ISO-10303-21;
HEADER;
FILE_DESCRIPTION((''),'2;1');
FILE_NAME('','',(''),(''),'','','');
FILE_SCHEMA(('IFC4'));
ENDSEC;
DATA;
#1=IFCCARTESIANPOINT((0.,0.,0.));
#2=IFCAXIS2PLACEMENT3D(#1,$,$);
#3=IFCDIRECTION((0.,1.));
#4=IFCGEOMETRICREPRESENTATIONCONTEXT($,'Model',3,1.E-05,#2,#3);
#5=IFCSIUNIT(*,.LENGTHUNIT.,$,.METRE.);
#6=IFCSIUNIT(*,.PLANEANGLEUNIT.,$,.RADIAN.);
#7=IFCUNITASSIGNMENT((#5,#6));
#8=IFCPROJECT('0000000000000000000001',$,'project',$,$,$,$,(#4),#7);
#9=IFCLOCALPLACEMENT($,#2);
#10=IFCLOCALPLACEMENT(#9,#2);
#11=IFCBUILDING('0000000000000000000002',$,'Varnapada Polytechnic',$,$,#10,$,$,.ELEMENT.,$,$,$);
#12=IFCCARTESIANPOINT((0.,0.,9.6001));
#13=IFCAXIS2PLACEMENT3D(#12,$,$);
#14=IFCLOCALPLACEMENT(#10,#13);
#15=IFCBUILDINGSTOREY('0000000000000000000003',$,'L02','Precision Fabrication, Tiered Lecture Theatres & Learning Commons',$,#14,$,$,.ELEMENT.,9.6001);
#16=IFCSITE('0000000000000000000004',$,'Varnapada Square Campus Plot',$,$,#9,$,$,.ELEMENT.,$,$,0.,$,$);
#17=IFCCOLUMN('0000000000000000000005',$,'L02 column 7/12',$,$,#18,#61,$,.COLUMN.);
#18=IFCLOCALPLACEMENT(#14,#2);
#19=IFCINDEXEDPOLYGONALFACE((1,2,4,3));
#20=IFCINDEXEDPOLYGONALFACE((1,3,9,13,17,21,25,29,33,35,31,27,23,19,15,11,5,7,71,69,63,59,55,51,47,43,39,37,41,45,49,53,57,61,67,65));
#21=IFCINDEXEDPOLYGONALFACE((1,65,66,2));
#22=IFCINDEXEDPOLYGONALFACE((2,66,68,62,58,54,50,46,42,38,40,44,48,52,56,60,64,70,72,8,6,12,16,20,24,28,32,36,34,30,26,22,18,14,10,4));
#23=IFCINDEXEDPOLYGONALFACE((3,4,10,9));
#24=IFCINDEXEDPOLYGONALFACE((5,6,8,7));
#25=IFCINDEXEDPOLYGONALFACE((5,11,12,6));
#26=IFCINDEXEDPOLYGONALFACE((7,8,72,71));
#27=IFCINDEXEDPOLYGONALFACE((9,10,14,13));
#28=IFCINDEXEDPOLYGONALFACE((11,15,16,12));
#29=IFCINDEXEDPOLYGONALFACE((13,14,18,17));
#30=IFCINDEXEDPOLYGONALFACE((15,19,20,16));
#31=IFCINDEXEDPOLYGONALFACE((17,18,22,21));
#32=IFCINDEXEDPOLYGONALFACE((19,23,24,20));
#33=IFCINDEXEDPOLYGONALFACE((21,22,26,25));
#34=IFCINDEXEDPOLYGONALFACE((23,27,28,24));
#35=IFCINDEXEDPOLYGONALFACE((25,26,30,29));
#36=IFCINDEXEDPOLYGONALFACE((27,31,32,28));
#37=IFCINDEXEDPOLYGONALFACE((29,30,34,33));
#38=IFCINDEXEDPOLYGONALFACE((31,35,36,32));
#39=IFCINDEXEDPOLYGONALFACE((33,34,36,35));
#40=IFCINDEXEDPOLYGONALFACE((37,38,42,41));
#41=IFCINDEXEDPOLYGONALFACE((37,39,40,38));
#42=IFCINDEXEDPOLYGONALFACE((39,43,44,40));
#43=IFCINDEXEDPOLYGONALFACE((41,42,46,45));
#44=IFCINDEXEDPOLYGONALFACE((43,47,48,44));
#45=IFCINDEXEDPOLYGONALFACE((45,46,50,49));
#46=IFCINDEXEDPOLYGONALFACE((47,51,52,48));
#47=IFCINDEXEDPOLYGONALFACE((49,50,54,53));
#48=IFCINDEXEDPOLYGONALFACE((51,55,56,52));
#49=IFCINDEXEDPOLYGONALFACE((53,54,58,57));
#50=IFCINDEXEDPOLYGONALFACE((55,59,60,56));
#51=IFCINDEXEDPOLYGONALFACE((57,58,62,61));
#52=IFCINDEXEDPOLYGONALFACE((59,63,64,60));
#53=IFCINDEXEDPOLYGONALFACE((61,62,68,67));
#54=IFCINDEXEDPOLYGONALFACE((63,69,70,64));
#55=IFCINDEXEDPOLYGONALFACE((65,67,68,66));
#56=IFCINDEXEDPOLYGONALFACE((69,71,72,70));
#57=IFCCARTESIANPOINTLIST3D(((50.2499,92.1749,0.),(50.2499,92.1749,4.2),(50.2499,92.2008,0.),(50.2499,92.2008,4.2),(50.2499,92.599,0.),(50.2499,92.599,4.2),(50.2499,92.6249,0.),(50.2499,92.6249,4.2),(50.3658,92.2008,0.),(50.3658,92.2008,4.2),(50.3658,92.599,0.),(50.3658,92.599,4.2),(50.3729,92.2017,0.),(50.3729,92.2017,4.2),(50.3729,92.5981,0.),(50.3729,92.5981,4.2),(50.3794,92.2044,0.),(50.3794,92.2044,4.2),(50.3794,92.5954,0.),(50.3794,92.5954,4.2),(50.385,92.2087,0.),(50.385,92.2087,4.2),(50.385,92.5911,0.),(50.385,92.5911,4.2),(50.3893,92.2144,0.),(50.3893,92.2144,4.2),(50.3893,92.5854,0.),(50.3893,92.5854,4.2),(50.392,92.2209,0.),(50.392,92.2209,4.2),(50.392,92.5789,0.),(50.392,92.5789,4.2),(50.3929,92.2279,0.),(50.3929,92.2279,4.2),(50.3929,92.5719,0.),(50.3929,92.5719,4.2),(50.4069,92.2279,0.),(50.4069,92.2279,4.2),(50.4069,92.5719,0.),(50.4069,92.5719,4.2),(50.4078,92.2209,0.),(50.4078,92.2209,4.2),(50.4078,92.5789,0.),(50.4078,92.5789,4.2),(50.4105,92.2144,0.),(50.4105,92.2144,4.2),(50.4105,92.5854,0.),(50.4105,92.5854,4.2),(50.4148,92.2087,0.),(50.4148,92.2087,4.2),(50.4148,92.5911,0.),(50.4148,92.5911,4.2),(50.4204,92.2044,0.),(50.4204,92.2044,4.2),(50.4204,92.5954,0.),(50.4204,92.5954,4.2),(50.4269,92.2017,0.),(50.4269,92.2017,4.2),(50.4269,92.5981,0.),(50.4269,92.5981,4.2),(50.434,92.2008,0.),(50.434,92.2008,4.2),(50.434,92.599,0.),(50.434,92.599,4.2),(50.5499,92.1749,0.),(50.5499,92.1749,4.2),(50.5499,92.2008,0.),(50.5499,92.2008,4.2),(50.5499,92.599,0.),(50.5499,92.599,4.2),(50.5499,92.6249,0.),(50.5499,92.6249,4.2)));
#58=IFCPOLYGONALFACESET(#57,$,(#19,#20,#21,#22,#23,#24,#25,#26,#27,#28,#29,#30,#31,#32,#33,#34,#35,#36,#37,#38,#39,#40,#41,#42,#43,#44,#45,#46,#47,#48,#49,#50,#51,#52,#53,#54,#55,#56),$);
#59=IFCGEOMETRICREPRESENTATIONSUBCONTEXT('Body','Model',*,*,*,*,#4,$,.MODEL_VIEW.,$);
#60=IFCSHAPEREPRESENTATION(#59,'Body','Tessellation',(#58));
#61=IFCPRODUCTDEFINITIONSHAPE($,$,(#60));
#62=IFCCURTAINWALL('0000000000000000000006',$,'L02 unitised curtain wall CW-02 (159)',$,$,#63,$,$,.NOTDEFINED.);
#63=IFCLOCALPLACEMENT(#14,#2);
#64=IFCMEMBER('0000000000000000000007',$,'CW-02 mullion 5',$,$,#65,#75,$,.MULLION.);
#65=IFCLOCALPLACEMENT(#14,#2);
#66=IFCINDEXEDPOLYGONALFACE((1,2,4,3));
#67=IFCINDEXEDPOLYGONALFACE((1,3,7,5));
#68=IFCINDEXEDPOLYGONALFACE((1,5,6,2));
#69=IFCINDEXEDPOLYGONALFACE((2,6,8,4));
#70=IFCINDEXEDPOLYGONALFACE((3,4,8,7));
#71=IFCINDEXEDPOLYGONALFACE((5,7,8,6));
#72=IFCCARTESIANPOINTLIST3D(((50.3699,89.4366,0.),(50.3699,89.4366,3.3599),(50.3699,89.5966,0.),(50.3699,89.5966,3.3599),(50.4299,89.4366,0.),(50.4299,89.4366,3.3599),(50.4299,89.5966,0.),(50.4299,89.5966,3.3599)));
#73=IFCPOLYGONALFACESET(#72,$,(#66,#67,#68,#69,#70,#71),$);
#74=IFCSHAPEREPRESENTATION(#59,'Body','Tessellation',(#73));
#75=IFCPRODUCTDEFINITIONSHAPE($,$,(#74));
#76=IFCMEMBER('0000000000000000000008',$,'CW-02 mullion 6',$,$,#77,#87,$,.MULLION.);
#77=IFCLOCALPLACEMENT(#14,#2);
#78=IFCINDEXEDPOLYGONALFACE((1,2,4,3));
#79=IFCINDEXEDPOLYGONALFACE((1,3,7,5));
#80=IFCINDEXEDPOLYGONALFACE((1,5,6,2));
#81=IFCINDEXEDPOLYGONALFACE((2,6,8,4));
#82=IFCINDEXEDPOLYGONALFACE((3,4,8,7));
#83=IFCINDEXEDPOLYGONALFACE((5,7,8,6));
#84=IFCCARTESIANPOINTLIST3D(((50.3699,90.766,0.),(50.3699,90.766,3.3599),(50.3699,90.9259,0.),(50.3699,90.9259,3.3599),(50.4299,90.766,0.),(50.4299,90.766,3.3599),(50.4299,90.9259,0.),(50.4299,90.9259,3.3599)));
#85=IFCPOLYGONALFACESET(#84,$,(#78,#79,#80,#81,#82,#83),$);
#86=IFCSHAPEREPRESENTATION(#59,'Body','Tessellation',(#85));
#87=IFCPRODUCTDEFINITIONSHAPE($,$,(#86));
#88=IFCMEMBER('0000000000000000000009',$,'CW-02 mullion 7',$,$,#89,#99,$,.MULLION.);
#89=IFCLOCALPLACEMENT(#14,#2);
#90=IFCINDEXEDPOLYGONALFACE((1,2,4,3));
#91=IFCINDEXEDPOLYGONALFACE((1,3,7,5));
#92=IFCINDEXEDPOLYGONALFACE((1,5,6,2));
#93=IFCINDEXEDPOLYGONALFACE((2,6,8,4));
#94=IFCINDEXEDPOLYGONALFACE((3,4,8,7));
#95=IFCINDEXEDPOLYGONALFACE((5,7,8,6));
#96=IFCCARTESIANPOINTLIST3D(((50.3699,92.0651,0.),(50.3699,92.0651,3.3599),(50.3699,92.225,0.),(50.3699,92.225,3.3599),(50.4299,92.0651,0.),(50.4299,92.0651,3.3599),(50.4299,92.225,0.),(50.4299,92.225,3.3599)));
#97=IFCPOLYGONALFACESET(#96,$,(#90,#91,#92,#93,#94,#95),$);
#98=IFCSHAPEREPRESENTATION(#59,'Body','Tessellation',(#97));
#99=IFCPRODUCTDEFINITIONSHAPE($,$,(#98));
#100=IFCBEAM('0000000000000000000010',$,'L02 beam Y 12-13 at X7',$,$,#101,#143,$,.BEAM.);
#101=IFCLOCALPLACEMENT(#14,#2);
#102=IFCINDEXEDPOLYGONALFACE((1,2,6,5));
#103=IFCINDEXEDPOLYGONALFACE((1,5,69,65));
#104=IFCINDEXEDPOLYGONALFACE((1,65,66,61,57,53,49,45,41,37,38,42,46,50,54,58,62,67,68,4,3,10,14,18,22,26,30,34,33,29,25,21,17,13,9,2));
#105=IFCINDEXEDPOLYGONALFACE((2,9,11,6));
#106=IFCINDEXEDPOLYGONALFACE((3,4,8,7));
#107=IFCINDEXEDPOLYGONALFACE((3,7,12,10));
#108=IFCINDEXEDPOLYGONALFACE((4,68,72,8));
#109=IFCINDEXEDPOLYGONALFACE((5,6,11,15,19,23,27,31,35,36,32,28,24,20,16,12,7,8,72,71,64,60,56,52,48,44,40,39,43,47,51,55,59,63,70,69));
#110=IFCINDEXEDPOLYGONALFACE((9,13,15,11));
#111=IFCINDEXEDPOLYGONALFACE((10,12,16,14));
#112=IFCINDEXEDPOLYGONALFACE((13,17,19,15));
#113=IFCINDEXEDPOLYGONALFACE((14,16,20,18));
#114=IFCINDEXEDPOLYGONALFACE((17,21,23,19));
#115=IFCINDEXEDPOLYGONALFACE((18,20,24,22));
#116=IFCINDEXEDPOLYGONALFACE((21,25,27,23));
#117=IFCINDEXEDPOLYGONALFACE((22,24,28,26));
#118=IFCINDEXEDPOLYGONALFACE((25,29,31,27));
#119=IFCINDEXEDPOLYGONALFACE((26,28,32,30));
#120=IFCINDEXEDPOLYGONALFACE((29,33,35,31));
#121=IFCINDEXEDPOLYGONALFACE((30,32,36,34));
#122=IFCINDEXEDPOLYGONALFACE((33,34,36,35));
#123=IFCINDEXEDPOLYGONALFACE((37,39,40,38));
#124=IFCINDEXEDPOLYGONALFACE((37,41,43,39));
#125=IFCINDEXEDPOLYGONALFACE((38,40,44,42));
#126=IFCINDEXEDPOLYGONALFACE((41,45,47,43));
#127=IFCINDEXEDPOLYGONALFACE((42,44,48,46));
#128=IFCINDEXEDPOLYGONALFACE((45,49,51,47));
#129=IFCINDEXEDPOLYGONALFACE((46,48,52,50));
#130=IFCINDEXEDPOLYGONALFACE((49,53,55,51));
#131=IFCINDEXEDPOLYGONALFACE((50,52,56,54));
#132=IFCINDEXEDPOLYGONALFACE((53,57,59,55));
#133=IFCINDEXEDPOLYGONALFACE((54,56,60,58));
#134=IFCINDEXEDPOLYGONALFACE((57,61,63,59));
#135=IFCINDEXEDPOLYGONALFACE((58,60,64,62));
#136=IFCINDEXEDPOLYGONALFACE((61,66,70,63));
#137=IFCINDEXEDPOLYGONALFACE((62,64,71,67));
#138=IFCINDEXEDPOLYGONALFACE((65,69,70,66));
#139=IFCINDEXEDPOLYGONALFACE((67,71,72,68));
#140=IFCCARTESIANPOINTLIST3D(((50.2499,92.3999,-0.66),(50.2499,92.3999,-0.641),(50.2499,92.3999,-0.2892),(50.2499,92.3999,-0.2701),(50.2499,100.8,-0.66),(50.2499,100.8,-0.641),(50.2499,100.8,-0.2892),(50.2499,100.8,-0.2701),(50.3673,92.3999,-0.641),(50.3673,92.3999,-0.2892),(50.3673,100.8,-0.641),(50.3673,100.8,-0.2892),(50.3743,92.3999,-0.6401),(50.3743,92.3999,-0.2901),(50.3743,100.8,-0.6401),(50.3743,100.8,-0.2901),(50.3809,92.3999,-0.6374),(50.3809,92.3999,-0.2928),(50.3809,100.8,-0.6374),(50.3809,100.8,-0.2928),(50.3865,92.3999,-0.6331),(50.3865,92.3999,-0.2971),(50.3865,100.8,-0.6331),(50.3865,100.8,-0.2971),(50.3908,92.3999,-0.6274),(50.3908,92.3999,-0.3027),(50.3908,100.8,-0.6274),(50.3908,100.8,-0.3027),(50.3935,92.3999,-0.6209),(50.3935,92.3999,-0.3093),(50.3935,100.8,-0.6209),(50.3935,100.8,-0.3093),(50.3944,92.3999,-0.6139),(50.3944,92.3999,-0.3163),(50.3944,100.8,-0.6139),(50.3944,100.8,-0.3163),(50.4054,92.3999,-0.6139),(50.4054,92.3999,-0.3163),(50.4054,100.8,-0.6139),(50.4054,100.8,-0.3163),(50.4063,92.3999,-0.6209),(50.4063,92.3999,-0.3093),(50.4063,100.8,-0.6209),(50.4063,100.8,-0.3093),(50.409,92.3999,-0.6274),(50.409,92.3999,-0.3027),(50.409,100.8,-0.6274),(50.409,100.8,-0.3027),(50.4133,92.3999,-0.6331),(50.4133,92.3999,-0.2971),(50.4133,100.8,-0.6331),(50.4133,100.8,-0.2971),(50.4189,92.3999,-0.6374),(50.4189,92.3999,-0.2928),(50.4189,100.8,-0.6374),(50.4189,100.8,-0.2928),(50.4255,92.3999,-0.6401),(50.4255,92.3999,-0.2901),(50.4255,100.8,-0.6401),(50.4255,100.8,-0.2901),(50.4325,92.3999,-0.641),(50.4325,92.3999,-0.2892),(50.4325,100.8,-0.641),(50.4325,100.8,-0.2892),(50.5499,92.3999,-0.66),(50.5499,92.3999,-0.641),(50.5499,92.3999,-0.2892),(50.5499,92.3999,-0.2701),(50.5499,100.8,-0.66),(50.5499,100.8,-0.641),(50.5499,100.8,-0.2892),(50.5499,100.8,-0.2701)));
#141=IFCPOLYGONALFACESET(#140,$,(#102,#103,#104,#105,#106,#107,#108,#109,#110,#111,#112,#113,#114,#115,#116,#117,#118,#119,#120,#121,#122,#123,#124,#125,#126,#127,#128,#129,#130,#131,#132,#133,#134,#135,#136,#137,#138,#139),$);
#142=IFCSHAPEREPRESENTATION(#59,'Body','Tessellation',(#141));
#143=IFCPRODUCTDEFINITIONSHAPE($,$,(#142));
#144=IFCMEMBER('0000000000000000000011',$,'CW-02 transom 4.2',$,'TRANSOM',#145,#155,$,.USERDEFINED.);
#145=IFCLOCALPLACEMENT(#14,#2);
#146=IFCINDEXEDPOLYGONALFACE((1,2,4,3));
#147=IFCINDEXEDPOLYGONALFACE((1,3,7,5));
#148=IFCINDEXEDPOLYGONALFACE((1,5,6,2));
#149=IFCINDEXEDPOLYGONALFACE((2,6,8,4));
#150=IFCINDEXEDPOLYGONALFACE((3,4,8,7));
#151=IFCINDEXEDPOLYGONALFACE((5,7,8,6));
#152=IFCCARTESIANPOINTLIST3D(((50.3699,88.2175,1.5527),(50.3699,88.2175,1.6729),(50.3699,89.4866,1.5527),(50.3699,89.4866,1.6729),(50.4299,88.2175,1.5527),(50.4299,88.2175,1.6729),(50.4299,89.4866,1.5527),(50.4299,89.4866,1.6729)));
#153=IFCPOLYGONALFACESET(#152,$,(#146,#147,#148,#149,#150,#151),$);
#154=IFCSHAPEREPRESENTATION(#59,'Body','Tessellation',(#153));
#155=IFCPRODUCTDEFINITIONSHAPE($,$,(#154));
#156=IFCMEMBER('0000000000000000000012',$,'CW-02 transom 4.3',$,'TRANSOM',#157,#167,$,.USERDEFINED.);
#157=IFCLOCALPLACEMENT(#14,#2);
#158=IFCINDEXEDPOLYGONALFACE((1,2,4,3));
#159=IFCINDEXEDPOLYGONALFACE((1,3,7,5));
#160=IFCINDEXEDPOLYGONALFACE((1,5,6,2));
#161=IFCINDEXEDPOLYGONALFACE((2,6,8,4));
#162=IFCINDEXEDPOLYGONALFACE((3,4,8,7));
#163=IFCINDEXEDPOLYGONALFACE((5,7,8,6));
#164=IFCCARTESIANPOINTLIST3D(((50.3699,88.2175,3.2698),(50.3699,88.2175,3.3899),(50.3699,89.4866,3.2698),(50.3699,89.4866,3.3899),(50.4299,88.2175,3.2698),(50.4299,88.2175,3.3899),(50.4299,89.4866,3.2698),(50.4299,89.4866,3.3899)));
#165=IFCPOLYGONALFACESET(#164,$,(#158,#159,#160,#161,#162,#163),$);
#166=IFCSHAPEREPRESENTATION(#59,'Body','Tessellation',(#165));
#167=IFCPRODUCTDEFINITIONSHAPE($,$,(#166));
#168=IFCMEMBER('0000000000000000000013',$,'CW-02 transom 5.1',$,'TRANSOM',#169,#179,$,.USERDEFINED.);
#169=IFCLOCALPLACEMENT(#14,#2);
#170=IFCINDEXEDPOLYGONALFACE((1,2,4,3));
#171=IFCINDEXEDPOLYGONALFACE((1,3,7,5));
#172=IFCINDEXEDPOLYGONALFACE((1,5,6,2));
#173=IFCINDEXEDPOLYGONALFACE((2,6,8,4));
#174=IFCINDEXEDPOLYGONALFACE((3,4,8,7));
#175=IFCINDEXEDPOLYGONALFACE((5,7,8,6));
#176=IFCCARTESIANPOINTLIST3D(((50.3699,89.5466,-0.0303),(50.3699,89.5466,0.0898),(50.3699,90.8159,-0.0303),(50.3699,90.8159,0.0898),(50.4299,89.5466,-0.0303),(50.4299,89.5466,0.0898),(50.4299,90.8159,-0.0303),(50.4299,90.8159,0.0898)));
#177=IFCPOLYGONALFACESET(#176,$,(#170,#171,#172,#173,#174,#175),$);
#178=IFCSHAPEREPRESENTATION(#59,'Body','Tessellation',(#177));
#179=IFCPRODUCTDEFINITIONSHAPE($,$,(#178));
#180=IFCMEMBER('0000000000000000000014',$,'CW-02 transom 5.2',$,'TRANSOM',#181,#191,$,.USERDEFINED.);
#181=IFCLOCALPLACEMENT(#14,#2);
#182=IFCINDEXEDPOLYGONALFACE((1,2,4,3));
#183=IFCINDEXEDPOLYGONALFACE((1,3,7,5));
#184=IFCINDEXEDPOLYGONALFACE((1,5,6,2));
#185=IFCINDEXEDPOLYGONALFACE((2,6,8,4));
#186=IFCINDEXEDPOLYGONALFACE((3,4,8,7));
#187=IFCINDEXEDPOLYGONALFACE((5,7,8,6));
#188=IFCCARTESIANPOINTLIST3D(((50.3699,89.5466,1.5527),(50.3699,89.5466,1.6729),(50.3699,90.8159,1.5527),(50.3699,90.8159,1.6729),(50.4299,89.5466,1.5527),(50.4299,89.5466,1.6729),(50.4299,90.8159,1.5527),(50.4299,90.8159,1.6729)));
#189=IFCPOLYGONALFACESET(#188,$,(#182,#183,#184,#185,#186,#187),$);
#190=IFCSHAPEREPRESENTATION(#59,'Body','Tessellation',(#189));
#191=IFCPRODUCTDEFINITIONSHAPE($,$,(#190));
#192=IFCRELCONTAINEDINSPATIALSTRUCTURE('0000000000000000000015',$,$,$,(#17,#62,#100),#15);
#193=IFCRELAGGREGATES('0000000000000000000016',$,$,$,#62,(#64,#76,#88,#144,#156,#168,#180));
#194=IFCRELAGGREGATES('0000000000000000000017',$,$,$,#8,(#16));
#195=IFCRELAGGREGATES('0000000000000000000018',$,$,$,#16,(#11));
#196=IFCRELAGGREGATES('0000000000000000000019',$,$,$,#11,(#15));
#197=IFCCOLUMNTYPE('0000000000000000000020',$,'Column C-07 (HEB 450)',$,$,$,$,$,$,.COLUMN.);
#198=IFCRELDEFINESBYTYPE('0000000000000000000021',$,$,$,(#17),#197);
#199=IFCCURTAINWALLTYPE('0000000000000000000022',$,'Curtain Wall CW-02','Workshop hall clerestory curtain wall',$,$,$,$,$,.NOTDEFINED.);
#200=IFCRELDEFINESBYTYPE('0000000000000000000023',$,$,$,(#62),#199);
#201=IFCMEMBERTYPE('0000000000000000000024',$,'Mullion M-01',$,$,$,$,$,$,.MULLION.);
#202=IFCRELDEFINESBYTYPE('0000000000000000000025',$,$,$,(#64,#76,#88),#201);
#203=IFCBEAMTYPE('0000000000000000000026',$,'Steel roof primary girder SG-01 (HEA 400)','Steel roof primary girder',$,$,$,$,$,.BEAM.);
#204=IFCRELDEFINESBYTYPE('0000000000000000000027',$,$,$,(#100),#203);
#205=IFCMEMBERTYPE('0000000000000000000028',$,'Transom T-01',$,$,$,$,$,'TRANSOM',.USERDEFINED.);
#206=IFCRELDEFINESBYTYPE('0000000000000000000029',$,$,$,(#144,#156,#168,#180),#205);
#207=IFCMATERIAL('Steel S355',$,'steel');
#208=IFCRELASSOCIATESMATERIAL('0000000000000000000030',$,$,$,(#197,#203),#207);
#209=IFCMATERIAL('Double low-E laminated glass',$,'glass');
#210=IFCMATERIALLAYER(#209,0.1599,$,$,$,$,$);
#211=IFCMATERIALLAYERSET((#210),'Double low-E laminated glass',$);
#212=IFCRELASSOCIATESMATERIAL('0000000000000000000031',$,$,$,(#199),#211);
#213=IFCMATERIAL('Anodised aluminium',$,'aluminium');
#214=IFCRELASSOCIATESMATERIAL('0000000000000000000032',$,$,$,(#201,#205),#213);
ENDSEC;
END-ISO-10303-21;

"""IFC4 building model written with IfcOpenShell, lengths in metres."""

from ifc_helpers import new_model, si_unit, direction, frame, origin, origin_2d, place, context, subcontext, project, spatial, rectangle, i_section, extrude, material, layer, layer_set, material_profile, profile_set, type_object, element, aggregate, save


model = new_model("IFC4")

# Units and contexts
model_context = context("Model", 3, precision=1e-05, world=origin(), true_north=direction((0.0, 1.0)))
body_context = subcontext(model_context, "Body", "Model", "MODEL_VIEW")
ifc_project = project(units=[si_unit("LENGTHUNIT", "METRE"), si_unit("PLANEANGLEUNIT", "RADIAN")], contexts=[model_context])

# Site, building, storey
site_placement = place(None, origin())
site = spatial("IfcSite", under=ifc_project, at=site_placement, Name="Varnapada Square Campus Plot", CompositionType="ELEMENT", RefElevation=0.0)
building_placement = place(site_placement, origin())
building = spatial("IfcBuilding", under=site, at=building_placement, Name="Varnapada Polytechnic", CompositionType="ELEMENT")
storey_placement = place(building_placement, frame((0.0, 0.0, 9.6001)))
storey = spatial("IfcBuildingStorey", under=building, at=storey_placement, Name="L02", Description="Precision Fabrication, Tiered Lecture Theatres & Learning Commons", CompositionType="ELEMENT", Elevation=9.6001)

# Column
ifc_material_1 = material(Name="Steel S355", Category="steel")
ifc_material_profile_1 = material_profile(ifc_material_1, i_section(OverallWidth=0.3, OverallDepth=0.45, WebThickness=0.0139, FlangeThickness=0.0259, FilletRadius=0.0271, at=origin_2d()), Name="HEB 450")
ifc_profile_set_1 = profile_set([ifc_material_profile_1], Name="Steel S355")
column_type = type_object("IfcColumnType", Name="Column C-07 (HEB 450)", PredefinedType="COLUMN", material=ifc_profile_set_1)
column_placement = place(storey_placement, frame((50.3999, 92.3999, 0.0), z_axis=(0.0, 0.0, 1.0), x_axis=(1.0, 0.0, 0.0)))
element("IfcColumn", 1, at=column_placement, inside=storey, type_object=column_type, Name="L02 column 7/12", PredefinedType="COLUMN", context=body_context, shape_type="SweptSolid", body=[
    extrude(i_section(OverallWidth=0.3, OverallDepth=0.45, WebThickness=0.0139, FlangeThickness=0.0259, FilletRadius=0.0271, at=origin_2d()), origin(), (0.0, 0.0, 1.0), 4.2),
])

# Curtain wall, members
ifc_material_2 = material(Name="Double low-E laminated glass", Category="glass")
ifc_layer_1 = layer(ifc_material_2, 0.1599)
ifc_layer_set_1 = layer_set([ifc_layer_1], Name="Double low-E laminated glass")
curtain_wall_type = type_object("IfcCurtainWallType", Name="Curtain Wall CW-02", Description="Workshop hall clerestory curtain wall", PredefinedType="NOTDEFINED", material=ifc_layer_set_1)
curtain_wall_placement = place(storey_placement, origin())
curtain_wall = element("IfcCurtainWall", 2, at=curtain_wall_placement, inside=storey, type_object=curtain_wall_type, Name="L02 unitised curtain wall CW-02 (159)", PredefinedType="NOTDEFINED")
ifc_material_3 = material(Name="Anodised aluminium", Category="aluminium")
ifc_material_profile_2 = material_profile(ifc_material_3, rectangle(XDim=0.0601, YDim=0.1599, at=origin_2d()), Name="ALU M60x160")
ifc_profile_set_2 = profile_set([ifc_material_profile_2], Name="Anodised aluminium")
member_type_1 = type_object("IfcMemberType", Name="Mullion M-01", PredefinedType="MULLION", material=ifc_profile_set_2)
member_1_placement = place(storey_placement, frame((50.3999, 89.5166, 0.0), z_axis=(0.0, 0.0, 1.0), x_axis=(-1.0, 0.0, 0.0)))
member_1 = element("IfcMember", 3, at=member_1_placement, type_object=member_type_1, Name="CW-02 mullion 5", PredefinedType="MULLION", context=body_context, shape_type="SweptSolid", body=[
    extrude(rectangle(XDim=0.0601, YDim=0.1599, at=origin_2d()), origin(), (0.0, 0.0, 1.0), 3.3599),
])
member_2_placement = place(storey_placement, frame((50.3999, 90.8459, 0.0), z_axis=(0.0, 0.0, 1.0), x_axis=(-1.0, 0.0, 0.0)))
member_2 = element("IfcMember", 4, at=member_2_placement, type_object=member_type_1, Name="CW-02 mullion 6", PredefinedType="MULLION", context=body_context, shape_type="SweptSolid", body=[
    extrude(rectangle(XDim=0.0601, YDim=0.1599, at=origin_2d()), origin(), (0.0, 0.0, 1.0), 3.3599),
])
member_3_placement = place(storey_placement, frame((50.3999, 92.145, 0.0), z_axis=(0.0, 0.0, 1.0), x_axis=(-1.0, 0.0, 0.0)))
member_3 = element("IfcMember", 5, at=member_3_placement, type_object=member_type_1, Name="CW-02 mullion 7", PredefinedType="MULLION", context=body_context, shape_type="SweptSolid", body=[
    extrude(rectangle(XDim=0.0601, YDim=0.1599, at=origin_2d()), origin(), (0.0, 0.0, 1.0), 3.3599),
])

# Beam
ifc_material_profile_3 = material_profile(ifc_material_1, i_section(OverallWidth=0.3, OverallDepth=0.3899, WebThickness=0.011, FlangeThickness=0.019, FilletRadius=0.0271, at=origin_2d()), Name="HEA 400")
ifc_profile_set_3 = profile_set([ifc_material_profile_3], Name="Steel S355")
beam_type_1 = type_object("IfcBeamType", Name="Steel roof primary girder SG-01 (HEA 400)", Description="Steel roof primary girder", PredefinedType="BEAM", material=ifc_profile_set_3)
beam_1_placement = place(storey_placement, frame((50.3999, 92.3999, -0.4651), z_axis=(0.0, 1.0, 0.0), x_axis=(-1.0, 0.0, 0.0)))
element("IfcBeam", 6, at=beam_1_placement, inside=storey, type_object=beam_type_1, Name="L02 beam Y 12-13 at X7", PredefinedType="BEAM", context=body_context, shape_type="SweptSolid", body=[
    extrude(i_section(OverallWidth=0.3, OverallDepth=0.3899, WebThickness=0.011, FlangeThickness=0.019, FilletRadius=0.0271, at=origin_2d()), origin(), (0.0, 0.0, 1.0), 8.4001),
])

# Members
ifc_material_profile_4 = material_profile(ifc_material_3, rectangle(XDim=0.0601, YDim=0.1201, at=origin_2d()), Name="ALU T60x120")
ifc_profile_set_4 = profile_set([ifc_material_profile_4], Name="Anodised aluminium")
member_type_2 = type_object("IfcMemberType", Name="Transom T-01", ElementType="TRANSOM", PredefinedType="USERDEFINED", material=ifc_profile_set_4)
member_4_placement = place(storey_placement, frame((50.3999, 88.2175, 1.6128), z_axis=(0.0, 1.0, 0.0), x_axis=(-1.0, 0.0, 0.0)))
member_4 = element("IfcMember", 7, at=member_4_placement, type_object=member_type_2, Name="CW-02 transom 4.2", ObjectType="TRANSOM", PredefinedType="USERDEFINED", context=body_context, shape_type="SweptSolid", body=[
    extrude(rectangle(XDim=0.0601, YDim=0.1201, at=origin_2d()), origin(), (0.0, 0.0, 1.0), 1.269),
])
member_5_placement = place(storey_placement, frame((50.3999, 88.2175, 3.3298), z_axis=(0.0, 1.0, 0.0), x_axis=(-1.0, 0.0, 0.0)))
member_5 = element("IfcMember", 8, at=member_5_placement, type_object=member_type_2, Name="CW-02 transom 4.3", ObjectType="TRANSOM", PredefinedType="USERDEFINED", context=body_context, shape_type="SweptSolid", body=[
    extrude(rectangle(XDim=0.0601, YDim=0.1201, at=origin_2d()), origin(), (0.0, 0.0, 1.0), 1.269),
])
member_6_placement = place(storey_placement, frame((50.3999, 89.5466, 0.0298), z_axis=(0.0, 1.0, 0.0), x_axis=(-1.0, 0.0, 0.0)))
member_6 = element("IfcMember", 9, at=member_6_placement, type_object=member_type_2, Name="CW-02 transom 5.1", ObjectType="TRANSOM", PredefinedType="USERDEFINED", context=body_context, shape_type="SweptSolid", body=[
    extrude(rectangle(XDim=0.0601, YDim=0.1201, at=origin_2d()), origin(), (0.0, 0.0, 1.0), 1.2693),
])
member_7_placement = place(storey_placement, frame((50.3999, 89.5466, 1.6128), z_axis=(0.0, 1.0, 0.0), x_axis=(-1.0, 0.0, 0.0)))
member_7 = element("IfcMember", 10, at=member_7_placement, type_object=member_type_2, Name="CW-02 transom 5.2", ObjectType="TRANSOM", PredefinedType="USERDEFINED", context=body_context, shape_type="SweptSolid", body=[
    extrude(rectangle(XDim=0.0601, YDim=0.1201, at=origin_2d()), origin(), (0.0, 0.0, 1.0), 1.2693),
])

aggregate(curtain_wall, [member_1, member_2, member_3, member_4, member_5, member_6, member_7])

save(model, "model.ifc")
